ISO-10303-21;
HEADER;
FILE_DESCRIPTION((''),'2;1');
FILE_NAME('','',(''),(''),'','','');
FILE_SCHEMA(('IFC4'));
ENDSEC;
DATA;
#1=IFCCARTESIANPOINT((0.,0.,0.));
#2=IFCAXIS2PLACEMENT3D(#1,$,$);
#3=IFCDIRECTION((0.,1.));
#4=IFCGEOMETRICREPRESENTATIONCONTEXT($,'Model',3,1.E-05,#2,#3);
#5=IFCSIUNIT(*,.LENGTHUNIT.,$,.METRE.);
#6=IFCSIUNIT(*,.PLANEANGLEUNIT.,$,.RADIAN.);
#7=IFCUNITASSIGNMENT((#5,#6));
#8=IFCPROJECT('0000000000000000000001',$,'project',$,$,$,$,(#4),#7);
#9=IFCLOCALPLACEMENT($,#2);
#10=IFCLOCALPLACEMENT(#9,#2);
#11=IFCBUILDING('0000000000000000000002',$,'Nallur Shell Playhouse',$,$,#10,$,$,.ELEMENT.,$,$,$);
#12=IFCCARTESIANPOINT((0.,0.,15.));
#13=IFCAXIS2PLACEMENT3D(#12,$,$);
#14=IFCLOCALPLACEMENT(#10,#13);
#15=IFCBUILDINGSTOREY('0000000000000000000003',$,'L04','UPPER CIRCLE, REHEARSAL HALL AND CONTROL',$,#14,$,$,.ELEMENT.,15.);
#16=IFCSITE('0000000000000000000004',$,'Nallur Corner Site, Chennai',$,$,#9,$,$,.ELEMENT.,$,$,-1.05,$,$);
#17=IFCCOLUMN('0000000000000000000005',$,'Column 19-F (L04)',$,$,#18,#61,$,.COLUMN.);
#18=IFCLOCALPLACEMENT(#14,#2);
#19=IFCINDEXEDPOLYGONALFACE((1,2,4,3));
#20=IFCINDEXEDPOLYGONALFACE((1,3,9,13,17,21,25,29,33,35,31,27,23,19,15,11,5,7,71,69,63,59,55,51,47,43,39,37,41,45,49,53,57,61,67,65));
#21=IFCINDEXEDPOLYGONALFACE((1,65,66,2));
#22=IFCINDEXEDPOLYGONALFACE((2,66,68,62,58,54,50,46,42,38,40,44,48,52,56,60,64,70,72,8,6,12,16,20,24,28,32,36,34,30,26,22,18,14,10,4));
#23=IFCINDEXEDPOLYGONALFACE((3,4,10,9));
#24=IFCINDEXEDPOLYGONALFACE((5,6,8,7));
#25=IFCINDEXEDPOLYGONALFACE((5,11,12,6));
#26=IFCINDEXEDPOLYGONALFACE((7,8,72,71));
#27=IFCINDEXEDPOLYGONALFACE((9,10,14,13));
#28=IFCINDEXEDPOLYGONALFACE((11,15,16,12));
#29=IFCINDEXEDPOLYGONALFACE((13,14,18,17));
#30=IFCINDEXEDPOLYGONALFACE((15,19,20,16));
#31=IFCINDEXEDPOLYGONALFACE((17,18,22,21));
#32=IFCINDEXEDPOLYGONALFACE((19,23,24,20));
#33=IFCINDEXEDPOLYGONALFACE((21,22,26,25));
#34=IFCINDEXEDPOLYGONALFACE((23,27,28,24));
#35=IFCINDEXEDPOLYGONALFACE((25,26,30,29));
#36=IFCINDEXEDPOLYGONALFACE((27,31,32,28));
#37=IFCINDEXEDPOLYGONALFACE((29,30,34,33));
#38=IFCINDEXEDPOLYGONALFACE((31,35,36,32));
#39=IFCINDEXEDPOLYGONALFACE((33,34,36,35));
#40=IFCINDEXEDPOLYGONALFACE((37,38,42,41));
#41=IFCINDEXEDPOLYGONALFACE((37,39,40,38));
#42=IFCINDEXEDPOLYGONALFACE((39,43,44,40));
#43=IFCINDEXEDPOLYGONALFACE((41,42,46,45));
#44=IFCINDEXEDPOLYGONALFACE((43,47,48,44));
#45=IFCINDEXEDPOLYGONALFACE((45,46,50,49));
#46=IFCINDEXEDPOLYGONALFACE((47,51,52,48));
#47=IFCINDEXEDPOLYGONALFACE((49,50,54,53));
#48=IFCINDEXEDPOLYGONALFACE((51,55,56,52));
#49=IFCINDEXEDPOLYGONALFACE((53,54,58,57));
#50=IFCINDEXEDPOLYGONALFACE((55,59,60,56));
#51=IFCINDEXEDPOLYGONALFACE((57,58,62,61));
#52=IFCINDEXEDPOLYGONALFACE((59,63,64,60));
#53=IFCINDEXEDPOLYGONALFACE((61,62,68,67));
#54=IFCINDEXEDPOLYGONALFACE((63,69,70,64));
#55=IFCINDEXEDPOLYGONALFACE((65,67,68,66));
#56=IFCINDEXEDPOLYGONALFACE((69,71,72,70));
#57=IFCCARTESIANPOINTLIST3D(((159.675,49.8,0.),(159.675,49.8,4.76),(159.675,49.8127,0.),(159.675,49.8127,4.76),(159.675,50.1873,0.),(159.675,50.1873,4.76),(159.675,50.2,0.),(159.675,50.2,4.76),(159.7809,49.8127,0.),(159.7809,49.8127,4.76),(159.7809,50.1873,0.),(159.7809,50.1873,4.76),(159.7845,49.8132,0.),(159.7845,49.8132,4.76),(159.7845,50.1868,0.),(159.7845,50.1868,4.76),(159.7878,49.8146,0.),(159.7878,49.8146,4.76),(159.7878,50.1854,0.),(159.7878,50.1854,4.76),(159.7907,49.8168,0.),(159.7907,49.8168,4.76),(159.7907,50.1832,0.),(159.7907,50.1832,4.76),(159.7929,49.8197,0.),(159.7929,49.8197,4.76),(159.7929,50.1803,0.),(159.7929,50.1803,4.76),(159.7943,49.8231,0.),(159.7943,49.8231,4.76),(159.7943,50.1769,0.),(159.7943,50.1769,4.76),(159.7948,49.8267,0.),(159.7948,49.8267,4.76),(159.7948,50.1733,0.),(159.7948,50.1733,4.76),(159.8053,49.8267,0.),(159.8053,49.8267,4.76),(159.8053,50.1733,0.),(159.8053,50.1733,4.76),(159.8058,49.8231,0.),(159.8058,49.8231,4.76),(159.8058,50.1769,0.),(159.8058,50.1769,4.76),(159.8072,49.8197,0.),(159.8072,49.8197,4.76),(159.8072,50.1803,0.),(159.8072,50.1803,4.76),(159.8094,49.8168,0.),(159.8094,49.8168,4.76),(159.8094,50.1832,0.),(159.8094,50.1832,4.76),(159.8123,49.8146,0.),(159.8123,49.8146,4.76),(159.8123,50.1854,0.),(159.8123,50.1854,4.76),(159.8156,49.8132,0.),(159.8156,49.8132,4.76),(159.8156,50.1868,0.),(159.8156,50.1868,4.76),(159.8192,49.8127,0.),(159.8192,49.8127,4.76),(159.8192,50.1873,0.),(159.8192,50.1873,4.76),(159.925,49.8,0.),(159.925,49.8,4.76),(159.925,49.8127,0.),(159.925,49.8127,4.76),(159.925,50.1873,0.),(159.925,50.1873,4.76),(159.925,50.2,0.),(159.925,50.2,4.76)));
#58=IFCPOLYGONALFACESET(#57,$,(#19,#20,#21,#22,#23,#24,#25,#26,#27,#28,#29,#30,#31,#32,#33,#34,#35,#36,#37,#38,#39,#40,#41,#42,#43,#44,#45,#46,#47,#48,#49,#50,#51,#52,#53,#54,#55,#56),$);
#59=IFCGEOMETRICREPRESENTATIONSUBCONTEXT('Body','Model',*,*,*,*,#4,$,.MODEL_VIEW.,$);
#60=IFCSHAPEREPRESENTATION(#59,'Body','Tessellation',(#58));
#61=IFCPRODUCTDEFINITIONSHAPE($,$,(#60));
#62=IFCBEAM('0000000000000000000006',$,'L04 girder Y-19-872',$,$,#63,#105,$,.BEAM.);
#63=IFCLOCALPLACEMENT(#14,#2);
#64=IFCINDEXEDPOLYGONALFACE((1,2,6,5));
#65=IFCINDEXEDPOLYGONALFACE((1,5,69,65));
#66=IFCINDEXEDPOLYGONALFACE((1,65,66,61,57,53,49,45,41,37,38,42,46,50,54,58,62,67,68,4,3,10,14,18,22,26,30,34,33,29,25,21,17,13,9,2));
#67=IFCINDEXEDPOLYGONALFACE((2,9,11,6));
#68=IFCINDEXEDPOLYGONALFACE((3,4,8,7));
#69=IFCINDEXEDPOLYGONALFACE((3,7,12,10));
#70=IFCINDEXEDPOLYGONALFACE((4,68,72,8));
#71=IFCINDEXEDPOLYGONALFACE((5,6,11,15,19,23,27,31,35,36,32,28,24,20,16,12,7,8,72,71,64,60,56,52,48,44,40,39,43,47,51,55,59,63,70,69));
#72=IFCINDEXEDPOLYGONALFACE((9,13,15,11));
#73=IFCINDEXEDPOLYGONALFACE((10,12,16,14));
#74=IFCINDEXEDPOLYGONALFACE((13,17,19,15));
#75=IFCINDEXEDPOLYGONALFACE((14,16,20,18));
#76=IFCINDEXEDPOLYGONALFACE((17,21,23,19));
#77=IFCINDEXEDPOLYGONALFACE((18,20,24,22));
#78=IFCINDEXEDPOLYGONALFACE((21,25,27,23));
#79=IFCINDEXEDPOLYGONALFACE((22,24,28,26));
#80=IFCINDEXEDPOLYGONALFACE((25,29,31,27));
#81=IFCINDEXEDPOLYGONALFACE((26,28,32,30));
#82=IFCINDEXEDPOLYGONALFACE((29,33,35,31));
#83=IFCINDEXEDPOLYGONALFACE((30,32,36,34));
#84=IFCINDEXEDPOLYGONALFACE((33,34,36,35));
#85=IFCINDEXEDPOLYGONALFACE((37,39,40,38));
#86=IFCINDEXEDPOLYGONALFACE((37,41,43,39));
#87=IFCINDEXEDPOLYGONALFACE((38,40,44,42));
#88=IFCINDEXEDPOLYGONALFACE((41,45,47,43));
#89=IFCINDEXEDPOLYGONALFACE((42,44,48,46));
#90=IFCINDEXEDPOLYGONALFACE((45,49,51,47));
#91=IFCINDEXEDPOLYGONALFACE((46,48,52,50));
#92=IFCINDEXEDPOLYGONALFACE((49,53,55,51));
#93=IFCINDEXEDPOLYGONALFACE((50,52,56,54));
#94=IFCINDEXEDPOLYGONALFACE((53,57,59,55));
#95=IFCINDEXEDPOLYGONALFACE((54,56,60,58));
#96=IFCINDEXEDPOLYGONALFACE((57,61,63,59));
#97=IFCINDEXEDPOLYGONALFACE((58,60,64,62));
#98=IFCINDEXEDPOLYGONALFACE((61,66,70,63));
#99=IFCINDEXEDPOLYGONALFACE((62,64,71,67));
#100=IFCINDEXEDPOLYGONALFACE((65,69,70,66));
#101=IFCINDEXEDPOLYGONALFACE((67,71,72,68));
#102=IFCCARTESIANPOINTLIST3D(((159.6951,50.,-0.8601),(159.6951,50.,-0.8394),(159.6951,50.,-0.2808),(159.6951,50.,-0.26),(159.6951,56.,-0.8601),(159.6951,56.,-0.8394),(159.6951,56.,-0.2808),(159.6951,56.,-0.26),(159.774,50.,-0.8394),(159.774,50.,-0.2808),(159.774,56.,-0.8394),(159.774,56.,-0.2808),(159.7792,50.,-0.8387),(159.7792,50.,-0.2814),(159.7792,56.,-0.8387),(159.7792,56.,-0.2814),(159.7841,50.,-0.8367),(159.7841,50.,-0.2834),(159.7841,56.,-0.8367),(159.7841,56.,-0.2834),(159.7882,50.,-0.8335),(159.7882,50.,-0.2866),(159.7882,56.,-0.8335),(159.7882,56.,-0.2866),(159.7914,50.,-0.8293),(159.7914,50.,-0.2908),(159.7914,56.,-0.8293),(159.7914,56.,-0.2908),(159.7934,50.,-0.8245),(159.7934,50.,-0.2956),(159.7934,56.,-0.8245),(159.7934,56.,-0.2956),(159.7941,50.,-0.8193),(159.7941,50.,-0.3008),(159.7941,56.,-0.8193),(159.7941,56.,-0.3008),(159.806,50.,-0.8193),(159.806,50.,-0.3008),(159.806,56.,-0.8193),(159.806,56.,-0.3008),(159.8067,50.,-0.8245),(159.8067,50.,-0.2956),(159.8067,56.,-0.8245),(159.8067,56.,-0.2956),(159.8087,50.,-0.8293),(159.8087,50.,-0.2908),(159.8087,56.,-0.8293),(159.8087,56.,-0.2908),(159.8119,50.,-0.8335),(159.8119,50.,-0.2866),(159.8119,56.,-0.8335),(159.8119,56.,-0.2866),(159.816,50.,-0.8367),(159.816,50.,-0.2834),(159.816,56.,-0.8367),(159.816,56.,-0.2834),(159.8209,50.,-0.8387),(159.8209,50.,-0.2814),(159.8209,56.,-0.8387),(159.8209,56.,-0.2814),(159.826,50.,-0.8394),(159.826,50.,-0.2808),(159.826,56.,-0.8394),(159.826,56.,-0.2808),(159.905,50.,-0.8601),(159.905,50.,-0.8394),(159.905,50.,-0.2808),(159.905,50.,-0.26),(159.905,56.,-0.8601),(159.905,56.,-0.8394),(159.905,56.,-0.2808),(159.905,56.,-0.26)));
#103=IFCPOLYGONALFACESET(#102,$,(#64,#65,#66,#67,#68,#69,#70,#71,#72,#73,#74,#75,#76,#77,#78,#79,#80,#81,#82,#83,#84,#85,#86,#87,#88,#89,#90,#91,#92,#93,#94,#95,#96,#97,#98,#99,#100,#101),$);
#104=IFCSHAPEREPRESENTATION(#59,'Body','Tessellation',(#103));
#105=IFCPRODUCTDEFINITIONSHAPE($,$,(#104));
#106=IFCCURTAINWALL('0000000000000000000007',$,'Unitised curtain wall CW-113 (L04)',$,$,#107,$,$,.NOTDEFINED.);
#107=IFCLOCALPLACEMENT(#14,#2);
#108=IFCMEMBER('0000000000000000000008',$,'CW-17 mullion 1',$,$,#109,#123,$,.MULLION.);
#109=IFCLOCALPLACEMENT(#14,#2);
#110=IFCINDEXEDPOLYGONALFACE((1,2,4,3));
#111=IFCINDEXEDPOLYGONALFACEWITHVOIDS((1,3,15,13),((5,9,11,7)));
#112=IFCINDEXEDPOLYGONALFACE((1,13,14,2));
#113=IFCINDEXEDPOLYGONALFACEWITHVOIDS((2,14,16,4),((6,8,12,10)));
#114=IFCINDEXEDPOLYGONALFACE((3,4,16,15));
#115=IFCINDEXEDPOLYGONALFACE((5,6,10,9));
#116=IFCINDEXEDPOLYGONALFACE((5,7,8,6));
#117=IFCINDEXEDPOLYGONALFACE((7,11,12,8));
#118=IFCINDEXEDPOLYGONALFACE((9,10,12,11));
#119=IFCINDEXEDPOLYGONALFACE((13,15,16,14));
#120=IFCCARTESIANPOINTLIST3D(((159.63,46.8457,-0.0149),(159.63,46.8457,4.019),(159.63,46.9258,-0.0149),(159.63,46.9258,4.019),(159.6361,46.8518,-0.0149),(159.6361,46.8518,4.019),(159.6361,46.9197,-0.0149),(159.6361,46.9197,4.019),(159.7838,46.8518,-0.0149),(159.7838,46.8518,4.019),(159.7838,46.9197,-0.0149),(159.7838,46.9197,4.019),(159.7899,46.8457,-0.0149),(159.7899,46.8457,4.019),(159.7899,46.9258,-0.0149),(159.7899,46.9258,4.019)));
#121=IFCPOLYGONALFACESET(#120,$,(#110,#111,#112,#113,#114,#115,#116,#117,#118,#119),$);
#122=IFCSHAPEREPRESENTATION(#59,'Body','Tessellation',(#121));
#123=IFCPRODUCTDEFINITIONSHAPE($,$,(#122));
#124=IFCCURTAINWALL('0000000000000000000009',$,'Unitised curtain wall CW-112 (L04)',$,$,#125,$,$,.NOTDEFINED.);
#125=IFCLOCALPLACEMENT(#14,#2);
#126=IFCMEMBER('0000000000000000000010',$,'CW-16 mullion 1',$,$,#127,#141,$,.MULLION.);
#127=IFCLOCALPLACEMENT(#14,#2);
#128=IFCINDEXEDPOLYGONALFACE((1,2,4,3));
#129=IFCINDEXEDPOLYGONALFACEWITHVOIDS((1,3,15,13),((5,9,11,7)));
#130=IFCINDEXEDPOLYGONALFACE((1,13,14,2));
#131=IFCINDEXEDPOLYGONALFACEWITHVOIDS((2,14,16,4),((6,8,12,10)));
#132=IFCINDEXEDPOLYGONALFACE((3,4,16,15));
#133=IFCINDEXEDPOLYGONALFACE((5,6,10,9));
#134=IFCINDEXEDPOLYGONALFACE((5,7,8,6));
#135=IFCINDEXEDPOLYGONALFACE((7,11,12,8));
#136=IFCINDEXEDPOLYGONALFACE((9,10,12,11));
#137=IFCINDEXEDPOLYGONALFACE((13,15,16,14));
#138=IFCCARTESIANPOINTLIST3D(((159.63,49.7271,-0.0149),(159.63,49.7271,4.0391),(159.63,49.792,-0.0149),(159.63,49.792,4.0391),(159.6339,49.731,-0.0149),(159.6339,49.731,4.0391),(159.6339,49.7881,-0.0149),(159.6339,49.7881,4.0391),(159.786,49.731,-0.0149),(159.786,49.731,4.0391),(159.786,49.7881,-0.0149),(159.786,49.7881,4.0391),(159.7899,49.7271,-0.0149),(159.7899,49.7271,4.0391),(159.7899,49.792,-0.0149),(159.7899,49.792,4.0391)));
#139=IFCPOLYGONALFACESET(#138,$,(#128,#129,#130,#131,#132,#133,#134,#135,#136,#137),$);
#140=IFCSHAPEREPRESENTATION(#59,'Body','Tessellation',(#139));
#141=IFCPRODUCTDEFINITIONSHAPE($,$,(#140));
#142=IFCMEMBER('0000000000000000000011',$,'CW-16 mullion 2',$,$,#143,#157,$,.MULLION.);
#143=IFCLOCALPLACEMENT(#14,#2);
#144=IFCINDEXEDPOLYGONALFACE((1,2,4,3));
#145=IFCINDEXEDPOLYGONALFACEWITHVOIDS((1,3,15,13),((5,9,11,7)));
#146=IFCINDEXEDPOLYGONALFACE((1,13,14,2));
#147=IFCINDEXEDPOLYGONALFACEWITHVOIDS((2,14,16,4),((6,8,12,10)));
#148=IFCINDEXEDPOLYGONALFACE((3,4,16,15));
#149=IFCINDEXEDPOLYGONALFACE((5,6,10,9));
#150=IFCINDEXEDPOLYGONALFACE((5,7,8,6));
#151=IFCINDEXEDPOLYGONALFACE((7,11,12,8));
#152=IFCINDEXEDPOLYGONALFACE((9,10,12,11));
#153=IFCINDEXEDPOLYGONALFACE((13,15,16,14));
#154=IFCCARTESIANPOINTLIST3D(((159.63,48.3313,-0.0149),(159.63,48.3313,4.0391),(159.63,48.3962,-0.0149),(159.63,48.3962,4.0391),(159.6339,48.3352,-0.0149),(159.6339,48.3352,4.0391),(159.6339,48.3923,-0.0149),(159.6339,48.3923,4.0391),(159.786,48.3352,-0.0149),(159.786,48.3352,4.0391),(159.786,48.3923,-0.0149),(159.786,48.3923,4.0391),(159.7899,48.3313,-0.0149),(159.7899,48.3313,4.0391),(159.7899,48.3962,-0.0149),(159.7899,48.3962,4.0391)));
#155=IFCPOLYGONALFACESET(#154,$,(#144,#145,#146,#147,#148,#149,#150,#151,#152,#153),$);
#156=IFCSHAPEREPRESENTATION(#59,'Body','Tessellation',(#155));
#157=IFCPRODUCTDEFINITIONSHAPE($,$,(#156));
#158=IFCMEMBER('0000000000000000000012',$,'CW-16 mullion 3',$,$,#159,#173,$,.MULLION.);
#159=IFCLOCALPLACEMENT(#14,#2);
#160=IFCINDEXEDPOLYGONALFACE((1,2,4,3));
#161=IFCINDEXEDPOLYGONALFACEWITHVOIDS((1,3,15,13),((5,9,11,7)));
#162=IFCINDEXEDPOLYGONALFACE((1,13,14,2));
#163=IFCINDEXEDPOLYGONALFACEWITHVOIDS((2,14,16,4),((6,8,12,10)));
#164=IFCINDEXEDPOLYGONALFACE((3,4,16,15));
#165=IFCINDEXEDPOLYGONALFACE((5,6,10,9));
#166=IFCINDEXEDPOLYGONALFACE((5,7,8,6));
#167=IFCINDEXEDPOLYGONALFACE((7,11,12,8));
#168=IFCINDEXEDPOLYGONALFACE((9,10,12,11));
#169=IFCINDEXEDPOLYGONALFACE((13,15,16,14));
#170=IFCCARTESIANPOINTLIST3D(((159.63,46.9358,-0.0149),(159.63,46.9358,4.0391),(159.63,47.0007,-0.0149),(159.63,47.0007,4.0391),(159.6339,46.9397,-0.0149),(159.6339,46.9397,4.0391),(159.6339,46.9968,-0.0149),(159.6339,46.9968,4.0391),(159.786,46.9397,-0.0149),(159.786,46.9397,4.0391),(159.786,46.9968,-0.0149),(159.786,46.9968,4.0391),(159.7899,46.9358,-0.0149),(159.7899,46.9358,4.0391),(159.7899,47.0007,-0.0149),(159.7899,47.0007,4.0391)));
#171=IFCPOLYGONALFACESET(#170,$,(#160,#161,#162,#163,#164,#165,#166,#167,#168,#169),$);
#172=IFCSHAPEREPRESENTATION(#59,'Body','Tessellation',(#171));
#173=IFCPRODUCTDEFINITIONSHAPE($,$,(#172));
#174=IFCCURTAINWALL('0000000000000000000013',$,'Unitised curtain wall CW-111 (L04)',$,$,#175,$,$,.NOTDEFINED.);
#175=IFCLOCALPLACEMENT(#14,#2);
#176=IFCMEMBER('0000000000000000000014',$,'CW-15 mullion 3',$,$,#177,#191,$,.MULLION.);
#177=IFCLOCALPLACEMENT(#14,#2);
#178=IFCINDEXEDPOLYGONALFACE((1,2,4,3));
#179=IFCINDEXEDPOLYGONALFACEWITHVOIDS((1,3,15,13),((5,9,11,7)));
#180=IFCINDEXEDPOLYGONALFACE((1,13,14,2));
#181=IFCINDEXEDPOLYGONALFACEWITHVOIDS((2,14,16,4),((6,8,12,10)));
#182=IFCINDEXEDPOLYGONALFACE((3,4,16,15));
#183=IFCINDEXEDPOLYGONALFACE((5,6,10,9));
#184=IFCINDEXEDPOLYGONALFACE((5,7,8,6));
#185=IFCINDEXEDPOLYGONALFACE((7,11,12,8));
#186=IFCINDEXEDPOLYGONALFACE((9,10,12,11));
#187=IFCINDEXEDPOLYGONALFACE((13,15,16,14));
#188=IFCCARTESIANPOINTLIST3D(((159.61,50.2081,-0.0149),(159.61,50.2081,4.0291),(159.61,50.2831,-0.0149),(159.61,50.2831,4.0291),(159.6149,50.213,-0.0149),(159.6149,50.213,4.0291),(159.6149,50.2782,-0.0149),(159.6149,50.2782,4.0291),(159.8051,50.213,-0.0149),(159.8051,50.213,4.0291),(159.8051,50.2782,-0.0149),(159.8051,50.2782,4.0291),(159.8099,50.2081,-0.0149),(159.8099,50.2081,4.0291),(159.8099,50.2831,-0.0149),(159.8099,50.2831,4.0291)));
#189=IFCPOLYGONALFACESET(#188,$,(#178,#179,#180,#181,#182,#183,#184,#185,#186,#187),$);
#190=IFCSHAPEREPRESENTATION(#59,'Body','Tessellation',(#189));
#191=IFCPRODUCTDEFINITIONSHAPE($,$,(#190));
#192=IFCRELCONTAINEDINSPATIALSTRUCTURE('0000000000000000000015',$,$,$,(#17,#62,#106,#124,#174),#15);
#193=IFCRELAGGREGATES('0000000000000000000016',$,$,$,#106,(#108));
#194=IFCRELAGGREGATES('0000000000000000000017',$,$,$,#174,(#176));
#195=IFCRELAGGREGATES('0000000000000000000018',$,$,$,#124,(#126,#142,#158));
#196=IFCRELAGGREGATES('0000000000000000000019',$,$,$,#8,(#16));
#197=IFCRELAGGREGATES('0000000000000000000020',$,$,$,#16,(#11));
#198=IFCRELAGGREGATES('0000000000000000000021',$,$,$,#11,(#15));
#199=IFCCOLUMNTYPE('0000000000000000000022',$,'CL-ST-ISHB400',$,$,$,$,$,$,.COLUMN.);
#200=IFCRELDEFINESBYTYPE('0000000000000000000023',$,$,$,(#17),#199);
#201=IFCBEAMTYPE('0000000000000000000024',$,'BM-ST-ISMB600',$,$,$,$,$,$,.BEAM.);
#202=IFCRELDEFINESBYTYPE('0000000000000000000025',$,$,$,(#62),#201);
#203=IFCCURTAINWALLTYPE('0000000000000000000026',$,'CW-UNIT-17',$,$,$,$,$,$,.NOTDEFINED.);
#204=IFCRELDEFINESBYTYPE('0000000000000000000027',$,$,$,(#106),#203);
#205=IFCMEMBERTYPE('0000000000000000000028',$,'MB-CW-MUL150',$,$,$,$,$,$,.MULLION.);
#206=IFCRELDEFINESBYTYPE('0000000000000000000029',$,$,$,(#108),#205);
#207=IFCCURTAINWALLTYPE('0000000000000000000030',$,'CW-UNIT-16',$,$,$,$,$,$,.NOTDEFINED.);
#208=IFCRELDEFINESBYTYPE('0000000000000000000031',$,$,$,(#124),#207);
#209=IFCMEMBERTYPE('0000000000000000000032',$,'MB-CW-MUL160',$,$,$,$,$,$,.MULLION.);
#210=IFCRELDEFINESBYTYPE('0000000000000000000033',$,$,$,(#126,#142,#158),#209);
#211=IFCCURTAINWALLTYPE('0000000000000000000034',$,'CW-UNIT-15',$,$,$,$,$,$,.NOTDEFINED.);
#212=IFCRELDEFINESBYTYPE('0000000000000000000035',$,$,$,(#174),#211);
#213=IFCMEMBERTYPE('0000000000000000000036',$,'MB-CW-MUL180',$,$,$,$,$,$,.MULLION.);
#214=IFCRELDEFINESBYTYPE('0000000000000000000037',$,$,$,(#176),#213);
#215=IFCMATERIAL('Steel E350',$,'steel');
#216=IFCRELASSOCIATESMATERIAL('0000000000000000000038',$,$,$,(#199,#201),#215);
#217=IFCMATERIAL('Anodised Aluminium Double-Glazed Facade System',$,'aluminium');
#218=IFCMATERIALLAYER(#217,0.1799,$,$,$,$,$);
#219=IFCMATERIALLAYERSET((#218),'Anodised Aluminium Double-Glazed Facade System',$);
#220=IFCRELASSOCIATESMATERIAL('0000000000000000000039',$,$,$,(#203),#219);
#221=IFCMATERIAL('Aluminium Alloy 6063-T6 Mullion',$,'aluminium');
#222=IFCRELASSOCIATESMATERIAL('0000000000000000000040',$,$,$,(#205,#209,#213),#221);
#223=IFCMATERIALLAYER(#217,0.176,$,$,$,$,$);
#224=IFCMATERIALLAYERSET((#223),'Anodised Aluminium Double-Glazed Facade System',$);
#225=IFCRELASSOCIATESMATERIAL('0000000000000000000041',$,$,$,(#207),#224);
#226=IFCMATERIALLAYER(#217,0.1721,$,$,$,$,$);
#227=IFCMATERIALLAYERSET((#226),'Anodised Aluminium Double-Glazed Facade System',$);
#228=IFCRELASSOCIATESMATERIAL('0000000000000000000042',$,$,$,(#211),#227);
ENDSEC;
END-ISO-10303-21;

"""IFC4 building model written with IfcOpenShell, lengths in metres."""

from ifc_helpers import new_model, si_unit, direction, frame, origin, origin_2d, place, context, subcontext, project, spatial, hollow_rectangle, i_section, extrude, material, layer, layer_set, material_profile, profile_set, type_object, element, aggregate, save


model = new_model("IFC4")

# Units and contexts
model_context = context("Model", 3, precision=1e-05, world=origin(), true_north=direction((0.0, 1.0)))
body_context = subcontext(model_context, "Body", "Model", "MODEL_VIEW")
ifc_project = project(units=[si_unit("LENGTHUNIT", "METRE"), si_unit("PLANEANGLEUNIT", "RADIAN")], contexts=[model_context])

# Site, building, storey
site_placement = place(None, origin())
site = spatial("IfcSite", under=ifc_project, at=site_placement, Name="Nallur Corner Site, Chennai", CompositionType="ELEMENT", RefElevation=-1.05)
building_placement = place(site_placement, origin())
building = spatial("IfcBuilding", under=site, at=building_placement, Name="Nallur Shell Playhouse", CompositionType="ELEMENT")
storey_placement = place(building_placement, frame((0.0, 0.0, 15.0)))
storey = spatial("IfcBuildingStorey", under=building, at=storey_placement, Name="L04", Description="UPPER CIRCLE, REHEARSAL HALL AND CONTROL", CompositionType="ELEMENT", Elevation=15.0)

# Column
ifc_material_1 = material(Name="Steel E350", Category="steel")
ifc_material_profile_1 = material_profile(ifc_material_1, i_section(OverallWidth=0.25, OverallDepth=0.3999, WebThickness=0.0105, FlangeThickness=0.0127, FilletRadius=0.0139, at=origin_2d()), Name="ISHB 400")
ifc_profile_set_1 = profile_set([ifc_material_profile_1], Name="Steel E350")
column_type = type_object("IfcColumnType", Name="CL-ST-ISHB400", PredefinedType="COLUMN", material=ifc_profile_set_1)
column_placement = place(storey_placement, frame((159.8, 50.0, 0.0), z_axis=(0.0, 0.0, 1.0), x_axis=(1.0, 0.0, 0.0)))
element("IfcColumn", 1, at=column_placement, inside=storey, type_object=column_type, Name="Column 19-F (L04)", PredefinedType="COLUMN", context=body_context, shape_type="SweptSolid", body=[
    extrude(i_section(OverallWidth=0.25, OverallDepth=0.3999, WebThickness=0.0105, FlangeThickness=0.0127, FilletRadius=0.0139, at=origin_2d()), origin(), (0.0, 0.0, 1.0), 4.76),
])

# Beam
ifc_material_profile_2 = material_profile(ifc_material_1, i_section(OverallWidth=0.21, OverallDepth=0.6001, WebThickness=0.012, FlangeThickness=0.0208, FilletRadius=0.02, at=origin_2d()), Name="ISMB 600")
ifc_profile_set_2 = profile_set([ifc_material_profile_2], Name="Steel E350")
beam_type = type_object("IfcBeamType", Name="BM-ST-ISMB600", PredefinedType="BEAM", material=ifc_profile_set_2)
beam_placement = place(storey_placement, frame((159.8, 50.0, -0.5601), z_axis=(0.0, 1.0, 0.0), x_axis=(-1.0, 0.0, 0.0)))
element("IfcBeam", 2, at=beam_placement, inside=storey, type_object=beam_type, Name="L04 girder Y-19-872", PredefinedType="BEAM", context=body_context, shape_type="SweptSolid", body=[
    extrude(i_section(OverallWidth=0.21, OverallDepth=0.6001, WebThickness=0.012, FlangeThickness=0.0208, FilletRadius=0.02, at=origin_2d()), origin(), (0.0, 0.0, 1.0), 6.0),
])

# Curtain wall, member
ifc_material_2 = material(Name="Anodised Aluminium Double-Glazed Facade System", Category="aluminium")
ifc_layer_1 = layer(ifc_material_2, 0.1799)
ifc_layer_set_1 = layer_set([ifc_layer_1], Name="Anodised Aluminium Double-Glazed Facade System")
curtain_wall_type_1 = type_object("IfcCurtainWallType", Name="CW-UNIT-17", PredefinedType="NOTDEFINED", material=ifc_layer_set_1)
curtain_wall_1_placement = place(storey_placement, origin())
curtain_wall_1 = element("IfcCurtainWall", 3, at=curtain_wall_1_placement, inside=storey, type_object=curtain_wall_type_1, Name="Unitised curtain wall CW-113 (L04)", PredefinedType="NOTDEFINED")
ifc_material_3 = material(Name="Aluminium Alloy 6063-T6 Mullion", Category="aluminium")
ifc_material_profile_3 = material_profile(ifc_material_3, hollow_rectangle(XDim=0.0801, YDim=0.1599, WallThickness=0.0061, at=origin_2d()), Name="RHS 160x80x6")
ifc_profile_set_3 = profile_set([ifc_material_profile_3], Name="Aluminium Alloy 6063-T6 Mullion")
member_type_1 = type_object("IfcMemberType", Name="MB-CW-MUL150", PredefinedType="MULLION", material=ifc_profile_set_3)
member_1_placement = place(storey_placement, frame((159.71, 46.8857, -0.0149), z_axis=(0.0, 0.0, 1.0), x_axis=(0.0, -1.0, 0.0)))
member_1 = element("IfcMember", 4, at=member_1_placement, type_object=member_type_1, Name="CW-17 mullion 1", PredefinedType="MULLION", context=body_context, shape_type="SweptSolid", body=[
    extrude(hollow_rectangle(XDim=0.0801, YDim=0.1599, WallThickness=0.0061, at=origin_2d()), origin(), (0.0, 0.0, 1.0), 4.0339),
])

# Curtain walls, members
ifc_layer_2 = layer(ifc_material_2, 0.176)
ifc_layer_set_2 = layer_set([ifc_layer_2], Name="Anodised Aluminium Double-Glazed Facade System")
curtain_wall_type_2 = type_object("IfcCurtainWallType", Name="CW-UNIT-16", PredefinedType="NOTDEFINED", material=ifc_layer_set_2)
curtain_wall_2_placement = place(storey_placement, origin())
curtain_wall_2 = element("IfcCurtainWall", 5, at=curtain_wall_2_placement, inside=storey, type_object=curtain_wall_type_2, Name="Unitised curtain wall CW-112 (L04)", PredefinedType="NOTDEFINED")
ifc_material_profile_4 = material_profile(ifc_material_3, hollow_rectangle(XDim=0.0649, YDim=0.1599, WallThickness=0.0039, at=origin_2d()), Name="ALU 65x160x4")
ifc_profile_set_4 = profile_set([ifc_material_profile_4], Name="Aluminium Alloy 6063-T6 Mullion")
member_type_2 = type_object("IfcMemberType", Name="MB-CW-MUL160", PredefinedType="MULLION", material=ifc_profile_set_4)
member_2_placement = place(storey_placement, frame((159.71, 49.7595, -0.0149), z_axis=(0.0, 0.0, 1.0), x_axis=(0.0, -1.0, 0.0)))
member_2 = element("IfcMember", 6, at=member_2_placement, type_object=member_type_2, Name="CW-16 mullion 1", PredefinedType="MULLION", context=body_context, shape_type="SweptSolid", body=[
    extrude(hollow_rectangle(XDim=0.0649, YDim=0.1599, WallThickness=0.0039, at=origin_2d()), origin(), (0.0, 0.0, 1.0), 4.054),
])
member_3_placement = place(storey_placement, frame((159.71, 48.3638, -0.0149), z_axis=(0.0, 0.0, 1.0), x_axis=(0.0, -1.0, 0.0)))
member_3 = element("IfcMember", 7, at=member_3_placement, type_object=member_type_2, Name="CW-16 mullion 2", PredefinedType="MULLION", context=body_context, shape_type="SweptSolid", body=[
    extrude(hollow_rectangle(XDim=0.0649, YDim=0.1599, WallThickness=0.0039, at=origin_2d()), origin(), (0.0, 0.0, 1.0), 4.054),
])
member_4_placement = place(storey_placement, frame((159.71, 46.9683, -0.0149), z_axis=(0.0, 0.0, 1.0), x_axis=(0.0, -1.0, 0.0)))
member_4 = element("IfcMember", 8, at=member_4_placement, type_object=member_type_2, Name="CW-16 mullion 3", PredefinedType="MULLION", context=body_context, shape_type="SweptSolid", body=[
    extrude(hollow_rectangle(XDim=0.0649, YDim=0.1599, WallThickness=0.0039, at=origin_2d()), origin(), (0.0, 0.0, 1.0), 4.054),
])
ifc_layer_3 = layer(ifc_material_2, 0.1721)
ifc_layer_set_3 = layer_set([ifc_layer_3], Name="Anodised Aluminium Double-Glazed Facade System")
curtain_wall_type_3 = type_object("IfcCurtainWallType", Name="CW-UNIT-15", PredefinedType="NOTDEFINED", material=ifc_layer_set_3)
curtain_wall_3_placement = place(storey_placement, origin())
curtain_wall_3 = element("IfcCurtainWall", 9, at=curtain_wall_3_placement, inside=storey, type_object=curtain_wall_type_3, Name="Unitised curtain wall CW-111 (L04)", PredefinedType="NOTDEFINED")
ifc_material_profile_5 = material_profile(ifc_material_3, hollow_rectangle(XDim=0.075, YDim=0.2, WallThickness=0.0049, at=origin_2d()), Name="ALU 75x200x5")
ifc_profile_set_5 = profile_set([ifc_material_profile_5], Name="Aluminium Alloy 6063-T6 Mullion")
member_type_3 = type_object("IfcMemberType", Name="MB-CW-MUL180", PredefinedType="MULLION", material=ifc_profile_set_5)
member_5_placement = place(storey_placement, frame((159.71, 50.2456, -0.0149), z_axis=(0.0, 0.0, 1.0), x_axis=(0.0, -1.0, 0.0)))
member_5 = element("IfcMember", 10, at=member_5_placement, type_object=member_type_3, Name="CW-15 mullion 3", PredefinedType="MULLION", context=body_context, shape_type="SweptSolid", body=[
    extrude(hollow_rectangle(XDim=0.075, YDim=0.2, WallThickness=0.0049, at=origin_2d()), origin(), (0.0, 0.0, 1.0), 4.0439),
])

aggregate(curtain_wall_1, [member_1])

aggregate(curtain_wall_3, [member_5])
aggregate(curtain_wall_2, [member_2, member_3, member_4])

save(model, "model.ifc")
